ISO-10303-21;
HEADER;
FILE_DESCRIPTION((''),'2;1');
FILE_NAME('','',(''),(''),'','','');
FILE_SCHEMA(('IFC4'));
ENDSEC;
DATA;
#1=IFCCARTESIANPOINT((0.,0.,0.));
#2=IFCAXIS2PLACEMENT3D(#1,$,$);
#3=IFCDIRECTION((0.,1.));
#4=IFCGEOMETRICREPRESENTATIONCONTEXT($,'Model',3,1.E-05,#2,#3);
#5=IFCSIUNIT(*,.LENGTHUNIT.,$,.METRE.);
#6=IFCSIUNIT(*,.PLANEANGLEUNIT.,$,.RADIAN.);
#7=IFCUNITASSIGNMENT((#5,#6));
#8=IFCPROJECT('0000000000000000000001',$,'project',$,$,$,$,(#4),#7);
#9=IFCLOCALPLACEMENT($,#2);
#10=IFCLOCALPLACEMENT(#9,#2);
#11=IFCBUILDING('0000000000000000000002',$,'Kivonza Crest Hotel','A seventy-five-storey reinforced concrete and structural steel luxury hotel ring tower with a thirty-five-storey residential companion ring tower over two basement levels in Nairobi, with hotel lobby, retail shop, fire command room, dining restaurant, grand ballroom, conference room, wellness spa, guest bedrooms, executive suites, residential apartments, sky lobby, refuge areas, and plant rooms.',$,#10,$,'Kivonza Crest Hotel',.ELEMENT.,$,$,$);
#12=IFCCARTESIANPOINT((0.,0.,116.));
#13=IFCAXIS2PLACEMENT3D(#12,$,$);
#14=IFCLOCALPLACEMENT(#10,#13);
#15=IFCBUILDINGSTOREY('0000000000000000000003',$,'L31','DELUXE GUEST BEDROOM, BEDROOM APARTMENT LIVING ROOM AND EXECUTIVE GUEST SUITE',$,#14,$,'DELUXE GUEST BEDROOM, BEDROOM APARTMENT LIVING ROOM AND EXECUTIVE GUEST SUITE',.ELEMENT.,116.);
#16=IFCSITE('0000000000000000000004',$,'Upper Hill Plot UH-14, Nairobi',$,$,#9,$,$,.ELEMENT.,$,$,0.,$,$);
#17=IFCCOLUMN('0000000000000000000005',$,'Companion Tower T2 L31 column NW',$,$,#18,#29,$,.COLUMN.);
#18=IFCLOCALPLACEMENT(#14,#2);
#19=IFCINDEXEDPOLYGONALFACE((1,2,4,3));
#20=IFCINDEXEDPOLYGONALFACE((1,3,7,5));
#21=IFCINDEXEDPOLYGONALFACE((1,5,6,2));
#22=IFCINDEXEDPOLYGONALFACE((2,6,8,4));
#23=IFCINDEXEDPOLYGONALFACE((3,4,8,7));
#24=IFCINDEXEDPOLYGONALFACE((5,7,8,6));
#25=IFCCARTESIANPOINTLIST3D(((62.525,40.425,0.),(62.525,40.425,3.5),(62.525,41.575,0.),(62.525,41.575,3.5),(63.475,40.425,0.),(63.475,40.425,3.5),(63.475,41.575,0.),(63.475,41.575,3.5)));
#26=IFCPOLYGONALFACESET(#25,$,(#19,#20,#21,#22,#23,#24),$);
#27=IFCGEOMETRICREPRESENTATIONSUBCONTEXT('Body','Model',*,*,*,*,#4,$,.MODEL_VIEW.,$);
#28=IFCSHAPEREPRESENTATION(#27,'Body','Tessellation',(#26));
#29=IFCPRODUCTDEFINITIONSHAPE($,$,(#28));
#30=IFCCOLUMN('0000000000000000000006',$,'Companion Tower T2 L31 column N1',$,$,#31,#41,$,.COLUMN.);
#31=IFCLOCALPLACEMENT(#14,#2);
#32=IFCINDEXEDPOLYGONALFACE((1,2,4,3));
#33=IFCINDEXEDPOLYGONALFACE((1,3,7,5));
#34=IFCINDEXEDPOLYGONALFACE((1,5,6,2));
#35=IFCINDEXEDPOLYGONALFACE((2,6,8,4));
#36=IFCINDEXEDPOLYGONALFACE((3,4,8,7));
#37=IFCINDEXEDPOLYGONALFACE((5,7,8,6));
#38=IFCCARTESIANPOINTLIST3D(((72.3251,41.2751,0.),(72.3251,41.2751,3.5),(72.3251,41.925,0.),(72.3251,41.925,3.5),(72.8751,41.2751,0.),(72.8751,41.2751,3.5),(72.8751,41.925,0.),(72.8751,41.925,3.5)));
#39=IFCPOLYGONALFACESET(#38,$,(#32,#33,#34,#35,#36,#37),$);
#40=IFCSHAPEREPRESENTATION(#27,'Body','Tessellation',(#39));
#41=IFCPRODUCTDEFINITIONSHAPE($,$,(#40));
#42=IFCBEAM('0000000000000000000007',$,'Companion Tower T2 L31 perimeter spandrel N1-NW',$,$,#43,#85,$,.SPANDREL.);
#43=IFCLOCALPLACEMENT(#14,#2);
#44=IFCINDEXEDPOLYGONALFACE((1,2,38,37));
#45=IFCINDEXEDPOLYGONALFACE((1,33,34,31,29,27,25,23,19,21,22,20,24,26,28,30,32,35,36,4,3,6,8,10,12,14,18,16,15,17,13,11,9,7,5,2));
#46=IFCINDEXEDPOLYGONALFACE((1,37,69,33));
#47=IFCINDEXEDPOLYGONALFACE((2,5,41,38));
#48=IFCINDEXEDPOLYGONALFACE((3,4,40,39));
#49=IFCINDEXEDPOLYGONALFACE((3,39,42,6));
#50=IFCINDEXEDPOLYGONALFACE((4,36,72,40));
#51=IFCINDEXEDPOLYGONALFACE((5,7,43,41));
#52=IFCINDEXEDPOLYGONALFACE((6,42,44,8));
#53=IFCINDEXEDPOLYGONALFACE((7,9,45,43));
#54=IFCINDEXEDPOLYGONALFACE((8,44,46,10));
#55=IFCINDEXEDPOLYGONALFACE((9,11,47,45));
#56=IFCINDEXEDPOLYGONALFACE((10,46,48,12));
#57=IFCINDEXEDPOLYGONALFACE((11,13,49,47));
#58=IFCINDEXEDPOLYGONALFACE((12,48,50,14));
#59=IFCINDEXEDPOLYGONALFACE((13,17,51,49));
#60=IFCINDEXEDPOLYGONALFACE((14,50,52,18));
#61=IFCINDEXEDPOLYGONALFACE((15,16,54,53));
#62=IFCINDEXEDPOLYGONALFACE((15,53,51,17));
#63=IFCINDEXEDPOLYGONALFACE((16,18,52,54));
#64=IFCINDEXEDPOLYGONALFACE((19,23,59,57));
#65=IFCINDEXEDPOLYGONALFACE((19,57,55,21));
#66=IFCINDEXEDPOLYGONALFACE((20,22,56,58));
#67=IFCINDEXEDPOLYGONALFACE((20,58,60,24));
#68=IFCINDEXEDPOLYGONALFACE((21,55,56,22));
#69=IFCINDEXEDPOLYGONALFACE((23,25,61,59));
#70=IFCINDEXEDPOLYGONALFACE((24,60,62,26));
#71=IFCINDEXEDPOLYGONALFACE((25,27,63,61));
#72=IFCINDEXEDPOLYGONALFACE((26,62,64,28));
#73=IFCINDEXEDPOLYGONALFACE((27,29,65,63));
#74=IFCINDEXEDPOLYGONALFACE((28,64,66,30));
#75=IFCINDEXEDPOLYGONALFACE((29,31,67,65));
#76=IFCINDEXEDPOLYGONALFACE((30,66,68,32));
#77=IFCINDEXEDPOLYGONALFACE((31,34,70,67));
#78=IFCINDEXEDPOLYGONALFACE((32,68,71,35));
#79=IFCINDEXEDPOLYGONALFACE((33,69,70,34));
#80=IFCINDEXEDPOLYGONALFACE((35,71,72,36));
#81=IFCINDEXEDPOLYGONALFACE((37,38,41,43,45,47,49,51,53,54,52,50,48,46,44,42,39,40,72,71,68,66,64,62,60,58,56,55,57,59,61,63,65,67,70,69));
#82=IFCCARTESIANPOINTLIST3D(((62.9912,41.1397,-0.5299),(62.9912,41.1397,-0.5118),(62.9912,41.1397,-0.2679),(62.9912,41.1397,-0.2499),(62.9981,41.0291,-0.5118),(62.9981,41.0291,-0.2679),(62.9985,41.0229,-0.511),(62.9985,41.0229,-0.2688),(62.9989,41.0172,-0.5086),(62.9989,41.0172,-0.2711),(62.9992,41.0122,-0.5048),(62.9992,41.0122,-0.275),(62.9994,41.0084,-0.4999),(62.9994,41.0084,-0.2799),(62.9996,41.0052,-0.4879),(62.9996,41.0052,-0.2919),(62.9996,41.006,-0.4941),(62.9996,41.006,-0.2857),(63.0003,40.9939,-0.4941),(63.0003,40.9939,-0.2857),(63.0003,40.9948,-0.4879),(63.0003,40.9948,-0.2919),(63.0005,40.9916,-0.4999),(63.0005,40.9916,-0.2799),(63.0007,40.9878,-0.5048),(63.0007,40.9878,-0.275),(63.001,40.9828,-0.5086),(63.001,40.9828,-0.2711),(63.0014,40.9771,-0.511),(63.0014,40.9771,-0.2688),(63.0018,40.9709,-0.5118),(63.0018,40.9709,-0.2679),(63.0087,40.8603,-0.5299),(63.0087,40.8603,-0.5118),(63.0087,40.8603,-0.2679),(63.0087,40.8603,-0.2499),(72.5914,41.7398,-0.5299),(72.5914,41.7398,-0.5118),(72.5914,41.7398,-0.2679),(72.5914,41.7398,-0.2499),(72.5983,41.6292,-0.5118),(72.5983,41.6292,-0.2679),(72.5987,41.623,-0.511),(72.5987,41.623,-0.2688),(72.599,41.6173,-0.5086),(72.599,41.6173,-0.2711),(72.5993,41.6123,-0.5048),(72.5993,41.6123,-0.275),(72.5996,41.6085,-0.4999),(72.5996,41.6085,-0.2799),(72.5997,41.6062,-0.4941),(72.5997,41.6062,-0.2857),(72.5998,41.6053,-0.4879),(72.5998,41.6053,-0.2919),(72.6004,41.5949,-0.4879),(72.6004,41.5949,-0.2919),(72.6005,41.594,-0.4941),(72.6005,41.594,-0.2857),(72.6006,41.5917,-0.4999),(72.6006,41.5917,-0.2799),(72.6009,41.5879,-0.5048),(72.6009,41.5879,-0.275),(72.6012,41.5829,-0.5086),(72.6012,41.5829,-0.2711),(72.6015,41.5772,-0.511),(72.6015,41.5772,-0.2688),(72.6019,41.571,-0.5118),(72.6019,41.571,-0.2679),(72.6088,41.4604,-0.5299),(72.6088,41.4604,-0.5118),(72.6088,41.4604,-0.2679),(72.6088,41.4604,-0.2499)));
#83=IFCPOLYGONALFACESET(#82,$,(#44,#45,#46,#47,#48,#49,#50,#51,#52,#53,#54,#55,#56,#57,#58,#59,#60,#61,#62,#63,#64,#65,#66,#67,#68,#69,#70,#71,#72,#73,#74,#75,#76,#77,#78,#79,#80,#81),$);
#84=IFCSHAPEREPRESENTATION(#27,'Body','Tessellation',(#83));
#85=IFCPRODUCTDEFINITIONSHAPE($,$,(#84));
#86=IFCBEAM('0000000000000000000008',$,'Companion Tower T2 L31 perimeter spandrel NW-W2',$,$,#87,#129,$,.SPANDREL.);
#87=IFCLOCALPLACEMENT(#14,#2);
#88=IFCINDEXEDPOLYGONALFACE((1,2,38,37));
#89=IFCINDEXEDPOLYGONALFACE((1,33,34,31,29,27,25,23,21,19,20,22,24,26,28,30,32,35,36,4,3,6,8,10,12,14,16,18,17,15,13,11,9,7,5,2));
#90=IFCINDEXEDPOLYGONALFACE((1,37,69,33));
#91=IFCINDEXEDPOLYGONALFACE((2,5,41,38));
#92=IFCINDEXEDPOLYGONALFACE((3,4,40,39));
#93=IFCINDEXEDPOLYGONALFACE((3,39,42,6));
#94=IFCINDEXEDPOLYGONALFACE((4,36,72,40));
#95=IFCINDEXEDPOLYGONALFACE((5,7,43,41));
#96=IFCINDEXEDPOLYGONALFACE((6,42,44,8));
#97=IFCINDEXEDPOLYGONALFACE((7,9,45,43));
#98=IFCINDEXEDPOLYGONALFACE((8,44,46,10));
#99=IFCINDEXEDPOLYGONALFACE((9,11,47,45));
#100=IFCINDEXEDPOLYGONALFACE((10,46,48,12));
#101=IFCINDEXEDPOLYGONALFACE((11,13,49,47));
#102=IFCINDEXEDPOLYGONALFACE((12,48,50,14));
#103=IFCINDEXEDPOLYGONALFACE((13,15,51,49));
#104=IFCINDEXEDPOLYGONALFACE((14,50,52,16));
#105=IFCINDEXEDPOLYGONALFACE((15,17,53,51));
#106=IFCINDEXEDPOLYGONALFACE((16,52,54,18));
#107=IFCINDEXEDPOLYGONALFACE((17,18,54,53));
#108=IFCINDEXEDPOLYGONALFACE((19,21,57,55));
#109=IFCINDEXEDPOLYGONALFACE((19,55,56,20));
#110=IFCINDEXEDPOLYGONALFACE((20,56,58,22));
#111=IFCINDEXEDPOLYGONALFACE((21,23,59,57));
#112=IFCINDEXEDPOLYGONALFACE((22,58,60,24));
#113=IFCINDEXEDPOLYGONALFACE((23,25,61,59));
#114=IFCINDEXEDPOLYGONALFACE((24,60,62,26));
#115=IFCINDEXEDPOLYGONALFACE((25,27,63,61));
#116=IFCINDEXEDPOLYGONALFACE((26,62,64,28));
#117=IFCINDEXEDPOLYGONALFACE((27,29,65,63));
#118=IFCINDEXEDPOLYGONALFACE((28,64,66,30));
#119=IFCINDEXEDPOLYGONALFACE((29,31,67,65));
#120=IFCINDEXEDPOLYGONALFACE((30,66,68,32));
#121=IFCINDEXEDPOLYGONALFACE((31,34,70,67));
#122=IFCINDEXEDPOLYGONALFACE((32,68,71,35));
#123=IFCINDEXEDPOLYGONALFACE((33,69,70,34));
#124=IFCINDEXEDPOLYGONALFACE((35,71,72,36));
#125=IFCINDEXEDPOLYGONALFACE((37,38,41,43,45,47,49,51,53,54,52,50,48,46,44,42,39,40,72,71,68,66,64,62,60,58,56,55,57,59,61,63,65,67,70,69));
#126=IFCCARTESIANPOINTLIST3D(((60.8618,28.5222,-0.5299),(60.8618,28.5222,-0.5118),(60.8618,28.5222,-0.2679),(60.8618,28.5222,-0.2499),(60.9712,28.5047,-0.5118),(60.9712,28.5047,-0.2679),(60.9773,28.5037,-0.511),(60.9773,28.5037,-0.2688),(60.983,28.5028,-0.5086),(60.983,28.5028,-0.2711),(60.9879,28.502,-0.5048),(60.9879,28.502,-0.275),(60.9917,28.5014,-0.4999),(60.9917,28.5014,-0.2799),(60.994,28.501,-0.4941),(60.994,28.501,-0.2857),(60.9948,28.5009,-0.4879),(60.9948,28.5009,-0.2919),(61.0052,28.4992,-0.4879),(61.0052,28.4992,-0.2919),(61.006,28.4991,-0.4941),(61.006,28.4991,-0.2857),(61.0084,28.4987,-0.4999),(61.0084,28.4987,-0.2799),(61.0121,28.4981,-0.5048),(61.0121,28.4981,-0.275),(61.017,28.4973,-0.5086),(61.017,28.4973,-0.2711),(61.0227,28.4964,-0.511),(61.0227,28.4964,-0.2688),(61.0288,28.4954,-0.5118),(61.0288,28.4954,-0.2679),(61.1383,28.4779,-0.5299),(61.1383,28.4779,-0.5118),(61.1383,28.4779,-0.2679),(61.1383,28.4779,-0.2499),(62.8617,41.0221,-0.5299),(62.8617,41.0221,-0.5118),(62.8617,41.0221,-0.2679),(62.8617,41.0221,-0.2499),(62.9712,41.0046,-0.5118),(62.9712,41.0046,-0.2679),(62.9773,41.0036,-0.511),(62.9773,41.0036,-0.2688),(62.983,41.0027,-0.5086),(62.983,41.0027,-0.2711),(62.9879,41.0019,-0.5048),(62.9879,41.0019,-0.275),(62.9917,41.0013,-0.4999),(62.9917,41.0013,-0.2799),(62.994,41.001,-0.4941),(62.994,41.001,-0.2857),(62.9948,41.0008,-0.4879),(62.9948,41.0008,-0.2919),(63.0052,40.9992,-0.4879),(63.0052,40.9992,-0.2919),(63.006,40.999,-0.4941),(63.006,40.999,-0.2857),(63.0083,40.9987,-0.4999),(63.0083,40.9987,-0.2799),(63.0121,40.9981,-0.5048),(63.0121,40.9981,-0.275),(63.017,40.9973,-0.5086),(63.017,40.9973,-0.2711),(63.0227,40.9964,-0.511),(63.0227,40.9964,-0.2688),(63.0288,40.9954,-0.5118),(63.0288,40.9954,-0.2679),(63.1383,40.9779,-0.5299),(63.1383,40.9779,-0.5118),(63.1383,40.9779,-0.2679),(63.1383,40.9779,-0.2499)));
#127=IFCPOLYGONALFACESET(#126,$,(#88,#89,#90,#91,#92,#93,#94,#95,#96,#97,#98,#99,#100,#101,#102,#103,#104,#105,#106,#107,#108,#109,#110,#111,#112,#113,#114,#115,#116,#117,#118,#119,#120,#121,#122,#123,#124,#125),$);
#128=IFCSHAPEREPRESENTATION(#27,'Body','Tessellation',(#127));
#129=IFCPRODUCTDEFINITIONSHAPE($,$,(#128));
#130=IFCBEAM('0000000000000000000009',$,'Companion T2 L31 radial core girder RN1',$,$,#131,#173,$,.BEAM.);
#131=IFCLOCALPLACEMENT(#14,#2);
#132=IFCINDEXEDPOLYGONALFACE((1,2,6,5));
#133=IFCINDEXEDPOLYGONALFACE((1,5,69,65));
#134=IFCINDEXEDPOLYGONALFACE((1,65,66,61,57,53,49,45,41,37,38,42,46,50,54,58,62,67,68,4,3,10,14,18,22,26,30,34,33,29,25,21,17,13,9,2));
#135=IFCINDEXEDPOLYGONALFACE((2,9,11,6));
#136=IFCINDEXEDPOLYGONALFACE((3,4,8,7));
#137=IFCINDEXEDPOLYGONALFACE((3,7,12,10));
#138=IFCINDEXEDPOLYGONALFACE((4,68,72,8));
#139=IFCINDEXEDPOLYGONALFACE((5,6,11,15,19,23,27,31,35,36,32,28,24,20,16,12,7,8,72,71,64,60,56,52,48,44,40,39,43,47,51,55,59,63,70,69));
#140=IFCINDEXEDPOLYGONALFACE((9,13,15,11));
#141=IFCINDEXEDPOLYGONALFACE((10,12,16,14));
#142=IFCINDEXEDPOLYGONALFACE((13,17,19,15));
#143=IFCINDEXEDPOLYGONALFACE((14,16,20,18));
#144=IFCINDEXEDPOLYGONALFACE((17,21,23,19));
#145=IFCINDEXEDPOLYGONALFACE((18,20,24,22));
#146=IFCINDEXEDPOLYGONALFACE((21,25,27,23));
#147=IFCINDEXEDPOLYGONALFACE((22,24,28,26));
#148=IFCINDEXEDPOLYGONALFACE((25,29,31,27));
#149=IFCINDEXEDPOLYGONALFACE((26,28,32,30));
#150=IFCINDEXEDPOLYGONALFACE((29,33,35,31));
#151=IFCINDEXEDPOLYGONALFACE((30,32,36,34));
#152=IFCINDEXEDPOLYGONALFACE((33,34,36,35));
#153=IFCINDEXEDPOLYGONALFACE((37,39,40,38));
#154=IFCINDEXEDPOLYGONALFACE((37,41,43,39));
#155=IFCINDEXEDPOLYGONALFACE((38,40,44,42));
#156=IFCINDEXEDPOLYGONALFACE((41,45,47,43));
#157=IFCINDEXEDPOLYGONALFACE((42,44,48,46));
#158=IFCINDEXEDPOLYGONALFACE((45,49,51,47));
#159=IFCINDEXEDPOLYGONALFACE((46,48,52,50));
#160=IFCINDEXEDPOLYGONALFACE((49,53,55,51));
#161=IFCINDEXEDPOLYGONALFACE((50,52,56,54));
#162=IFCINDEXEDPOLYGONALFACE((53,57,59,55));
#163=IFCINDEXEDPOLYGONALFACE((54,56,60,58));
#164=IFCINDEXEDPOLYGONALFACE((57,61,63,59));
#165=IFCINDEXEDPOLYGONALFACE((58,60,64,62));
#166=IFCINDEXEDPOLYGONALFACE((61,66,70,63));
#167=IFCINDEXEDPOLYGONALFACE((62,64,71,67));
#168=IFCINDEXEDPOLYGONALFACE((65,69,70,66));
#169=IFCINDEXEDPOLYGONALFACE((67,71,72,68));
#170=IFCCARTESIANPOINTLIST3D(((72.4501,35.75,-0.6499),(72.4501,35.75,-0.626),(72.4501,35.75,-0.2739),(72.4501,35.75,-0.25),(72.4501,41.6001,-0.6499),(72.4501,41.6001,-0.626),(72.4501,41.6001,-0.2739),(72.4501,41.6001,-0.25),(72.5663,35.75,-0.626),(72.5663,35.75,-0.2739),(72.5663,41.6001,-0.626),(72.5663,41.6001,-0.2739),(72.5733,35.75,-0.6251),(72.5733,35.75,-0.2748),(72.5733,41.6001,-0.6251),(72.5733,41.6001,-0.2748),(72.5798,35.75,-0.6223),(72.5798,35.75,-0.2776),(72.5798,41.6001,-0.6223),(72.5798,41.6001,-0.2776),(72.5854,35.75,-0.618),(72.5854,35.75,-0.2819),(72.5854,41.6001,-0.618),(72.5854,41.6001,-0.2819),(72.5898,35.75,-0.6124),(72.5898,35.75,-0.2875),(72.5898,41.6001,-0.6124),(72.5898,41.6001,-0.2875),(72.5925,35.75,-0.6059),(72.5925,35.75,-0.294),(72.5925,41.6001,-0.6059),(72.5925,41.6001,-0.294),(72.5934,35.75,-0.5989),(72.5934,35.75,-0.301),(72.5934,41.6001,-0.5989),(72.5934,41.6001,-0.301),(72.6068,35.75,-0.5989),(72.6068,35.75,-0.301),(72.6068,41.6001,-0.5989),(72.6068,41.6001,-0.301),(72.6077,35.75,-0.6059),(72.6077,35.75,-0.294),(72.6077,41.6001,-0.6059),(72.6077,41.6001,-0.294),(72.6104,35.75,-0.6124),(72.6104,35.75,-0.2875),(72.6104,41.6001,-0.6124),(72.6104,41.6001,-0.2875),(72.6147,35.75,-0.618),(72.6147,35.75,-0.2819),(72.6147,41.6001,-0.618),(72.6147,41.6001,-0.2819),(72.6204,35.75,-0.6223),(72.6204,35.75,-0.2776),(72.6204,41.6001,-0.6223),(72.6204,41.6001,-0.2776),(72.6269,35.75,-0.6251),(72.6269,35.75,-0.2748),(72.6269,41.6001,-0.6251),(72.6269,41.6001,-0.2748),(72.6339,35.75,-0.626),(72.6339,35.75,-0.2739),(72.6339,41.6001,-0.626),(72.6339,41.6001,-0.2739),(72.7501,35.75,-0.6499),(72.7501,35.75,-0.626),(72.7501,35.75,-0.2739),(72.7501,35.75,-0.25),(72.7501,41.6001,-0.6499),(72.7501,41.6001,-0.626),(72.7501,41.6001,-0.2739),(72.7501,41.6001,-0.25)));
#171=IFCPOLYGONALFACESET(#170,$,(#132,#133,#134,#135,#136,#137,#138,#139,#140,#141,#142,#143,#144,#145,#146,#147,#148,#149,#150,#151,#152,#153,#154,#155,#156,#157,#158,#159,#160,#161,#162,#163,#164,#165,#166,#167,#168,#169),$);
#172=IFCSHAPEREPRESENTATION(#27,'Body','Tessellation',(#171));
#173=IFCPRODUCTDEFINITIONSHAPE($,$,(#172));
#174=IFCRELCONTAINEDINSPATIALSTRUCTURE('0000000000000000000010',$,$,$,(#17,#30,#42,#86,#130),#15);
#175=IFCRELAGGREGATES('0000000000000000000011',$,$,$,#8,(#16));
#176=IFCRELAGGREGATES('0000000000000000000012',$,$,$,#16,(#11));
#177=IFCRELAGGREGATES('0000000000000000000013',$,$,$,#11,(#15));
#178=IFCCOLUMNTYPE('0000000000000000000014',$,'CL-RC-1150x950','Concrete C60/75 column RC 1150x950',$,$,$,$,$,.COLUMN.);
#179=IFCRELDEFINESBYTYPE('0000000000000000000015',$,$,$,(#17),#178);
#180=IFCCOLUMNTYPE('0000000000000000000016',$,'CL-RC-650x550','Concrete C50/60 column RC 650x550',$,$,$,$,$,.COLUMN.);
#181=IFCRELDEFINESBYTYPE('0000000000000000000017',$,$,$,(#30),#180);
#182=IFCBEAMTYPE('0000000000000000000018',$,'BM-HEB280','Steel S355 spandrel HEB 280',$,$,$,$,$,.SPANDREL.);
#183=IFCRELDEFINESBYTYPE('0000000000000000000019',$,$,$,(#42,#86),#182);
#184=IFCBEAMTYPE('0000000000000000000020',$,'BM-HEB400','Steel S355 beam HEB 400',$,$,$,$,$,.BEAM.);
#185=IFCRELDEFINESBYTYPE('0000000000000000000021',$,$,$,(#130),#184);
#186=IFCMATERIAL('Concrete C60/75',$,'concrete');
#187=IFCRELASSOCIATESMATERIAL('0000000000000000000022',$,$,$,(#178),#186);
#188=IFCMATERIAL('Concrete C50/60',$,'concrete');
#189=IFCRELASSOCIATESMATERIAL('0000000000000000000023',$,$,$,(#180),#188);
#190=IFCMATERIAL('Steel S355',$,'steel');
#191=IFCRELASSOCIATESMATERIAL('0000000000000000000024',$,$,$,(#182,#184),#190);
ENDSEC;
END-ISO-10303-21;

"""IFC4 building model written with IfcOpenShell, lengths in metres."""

from ifc_helpers import new_model, si_unit, direction, frame, origin, origin_2d, place, context, subcontext, project, spatial, rectangle, i_section, extrude, material, material_profile, profile_set, type_object, element, save


model = new_model("IFC4")

# Units and contexts
model_context = context("Model", 3, precision=1e-05, world=origin(), true_north=direction((0.0, 1.0)))
body_context = subcontext(model_context, "Body", "Model", "MODEL_VIEW")
ifc_project = project(units=[si_unit("LENGTHUNIT", "METRE"), si_unit("PLANEANGLEUNIT", "RADIAN")], contexts=[model_context])

# Site, building, storey
site_placement = place(None, origin())
site = spatial("IfcSite", under=ifc_project, at=site_placement, Name="Upper Hill Plot UH-14, Nairobi", CompositionType="ELEMENT", RefElevation=0.0)
building_placement = place(site_placement, origin())
building = spatial("IfcBuilding", under=site, at=building_placement, Name="Kivonza Crest Hotel", Description="A seventy-five-storey reinforced concrete and structural steel luxury hotel ring tower with a thirty-five-storey residential companion ring tower over two basement levels in Nairobi, with hotel lobby, retail shop, fire command room, dining restaurant, grand ballroom, conference room, wellness spa, guest bedrooms, executive suites, residential apartments, sky lobby, refuge areas, and plant rooms.", LongName="Kivonza Crest Hotel", CompositionType="ELEMENT")
storey_placement = place(building_placement, frame((0.0, 0.0, 116.0)))
storey = spatial("IfcBuildingStorey", under=building, at=storey_placement, Name="L31", Description="DELUXE GUEST BEDROOM, BEDROOM APARTMENT LIVING ROOM AND EXECUTIVE GUEST SUITE", LongName="DELUXE GUEST BEDROOM, BEDROOM APARTMENT LIVING ROOM AND EXECUTIVE GUEST SUITE", CompositionType="ELEMENT", Elevation=116.0)

# Columns
ifc_material_1 = material(Name="Concrete C60/75", Category="concrete")
ifc_material_profile_1 = material_profile(ifc_material_1, rectangle(XDim=0.95, YDim=1.1499, at=origin_2d()), Name="RC 1150x950")
ifc_profile_set_1 = profile_set([ifc_material_profile_1], Name="Concrete C60/75")
column_type_1 = type_object("IfcColumnType", Name="CL-RC-1150x950", Description="Concrete C60/75 column RC 1150x950", PredefinedType="COLUMN", material=ifc_profile_set_1)
column_1_placement = place(storey_placement, frame((63.0, 41.0, 0.0), z_axis=(0.0, 0.0, 1.0), x_axis=(1.0, 0.0, 0.0)))
element("IfcColumn", 1, at=column_1_placement, inside=storey, type_object=column_type_1, Name="Companion Tower T2 L31 column NW", PredefinedType="COLUMN", context=body_context, shape_type="SweptSolid", body=[
    extrude(rectangle(XDim=0.95, YDim=1.1499, at=origin_2d()), origin(), (0.0, 0.0, 1.0), 3.5),
])
ifc_material_2 = material(Name="Concrete C50/60", Category="concrete")
ifc_material_profile_2 = material_profile(ifc_material_2, rectangle(XDim=0.55, YDim=0.6499, at=origin_2d()), Name="RC 650x550")
ifc_profile_set_2 = profile_set([ifc_material_profile_2], Name="Concrete C50/60")
column_type_2 = type_object("IfcColumnType", Name="CL-RC-650x550", Description="Concrete C50/60 column RC 650x550", PredefinedType="COLUMN", material=ifc_profile_set_2)
column_2_placement = place(storey_placement, frame((72.6001, 41.6001, 0.0), z_axis=(0.0, 0.0, 1.0), x_axis=(1.0, 0.0, 0.0)))
element("IfcColumn", 2, at=column_2_placement, inside=storey, type_object=column_type_2, Name="Companion Tower T2 L31 column N1", PredefinedType="COLUMN", context=body_context, shape_type="SweptSolid", body=[
    extrude(rectangle(XDim=0.55, YDim=0.6499, at=origin_2d()), origin(), (0.0, 0.0, 1.0), 3.5),
])

# Beams
ifc_material_3 = material(Name="Steel S355", Category="steel")
ifc_material_profile_3 = material_profile(ifc_material_3, i_section(OverallWidth=0.28, OverallDepth=0.28, WebThickness=0.0105, FlangeThickness=0.0181, FilletRadius=0.0239, at=origin_2d()), Name="HEB 280")
ifc_profile_set_3 = profile_set([ifc_material_profile_3], Name="Steel S355")
beam_type_1 = type_object("IfcBeamType", Name="BM-HEB280", Description="Steel S355 spandrel HEB 280", PredefinedType="SPANDREL", material=ifc_profile_set_3)
beam_1_placement = place(storey_placement, frame((72.6001, 41.6001, -0.3899), z_axis=(-0.998052, -0.062388, 0.0), x_axis=(0.062388, -0.998052, 0.0)))
element("IfcBeam", 3, at=beam_1_placement, inside=storey, type_object=beam_type_1, Name="Companion Tower T2 L31 perimeter spandrel N1-NW", PredefinedType="SPANDREL", context=body_context, shape_type="SweptSolid", body=[
    extrude(i_section(OverallWidth=0.28, OverallDepth=0.28, WebThickness=0.0105, FlangeThickness=0.0181, FilletRadius=0.0239, at=origin_2d()), origin(), (0.0, 0.0, 1.0), 9.6189),
])
beam_2_placement = place(storey_placement, frame((63.0, 41.0, -0.3899), z_axis=(-0.157991, -0.987441, 0.0), x_axis=(0.987441, -0.157991, 0.0)))
element("IfcBeam", 4, at=beam_2_placement, inside=storey, type_object=beam_type_1, Name="Companion Tower T2 L31 perimeter spandrel NW-W2", PredefinedType="SPANDREL", context=body_context, shape_type="SweptSolid", body=[
    extrude(i_section(OverallWidth=0.28, OverallDepth=0.28, WebThickness=0.0105, FlangeThickness=0.0181, FilletRadius=0.0239, at=origin_2d()), origin(), (0.0, 0.0, 1.0), 12.6589),
])
ifc_material_profile_4 = material_profile(ifc_material_3, i_section(OverallWidth=0.3, OverallDepth=0.3999, WebThickness=0.0134, FlangeThickness=0.0239, FilletRadius=0.0271, at=origin_2d()), Name="HEB 400")
ifc_profile_set_4 = profile_set([ifc_material_profile_4], Name="Steel S355")
beam_type_2 = type_object("IfcBeamType", Name="BM-HEB400", Description="Steel S355 beam HEB 400", PredefinedType="BEAM", material=ifc_profile_set_4)
beam_3_placement = place(storey_placement, frame((72.6001, 41.6001, -0.45), z_axis=(0.0, -1.0, 0.0), x_axis=(1.0, 0.0, 0.0)))
element("IfcBeam", 5, at=beam_3_placement, inside=storey, type_object=beam_type_2, Name="Companion T2 L31 radial core girder RN1", PredefinedType="BEAM", context=body_context, shape_type="SweptSolid", body=[
    extrude(i_section(OverallWidth=0.3, OverallDepth=0.3999, WebThickness=0.0134, FlangeThickness=0.0239, FilletRadius=0.0271, at=origin_2d()), origin(), (0.0, 0.0, 1.0), 5.8501),
])

save(model, "model.ifc")
